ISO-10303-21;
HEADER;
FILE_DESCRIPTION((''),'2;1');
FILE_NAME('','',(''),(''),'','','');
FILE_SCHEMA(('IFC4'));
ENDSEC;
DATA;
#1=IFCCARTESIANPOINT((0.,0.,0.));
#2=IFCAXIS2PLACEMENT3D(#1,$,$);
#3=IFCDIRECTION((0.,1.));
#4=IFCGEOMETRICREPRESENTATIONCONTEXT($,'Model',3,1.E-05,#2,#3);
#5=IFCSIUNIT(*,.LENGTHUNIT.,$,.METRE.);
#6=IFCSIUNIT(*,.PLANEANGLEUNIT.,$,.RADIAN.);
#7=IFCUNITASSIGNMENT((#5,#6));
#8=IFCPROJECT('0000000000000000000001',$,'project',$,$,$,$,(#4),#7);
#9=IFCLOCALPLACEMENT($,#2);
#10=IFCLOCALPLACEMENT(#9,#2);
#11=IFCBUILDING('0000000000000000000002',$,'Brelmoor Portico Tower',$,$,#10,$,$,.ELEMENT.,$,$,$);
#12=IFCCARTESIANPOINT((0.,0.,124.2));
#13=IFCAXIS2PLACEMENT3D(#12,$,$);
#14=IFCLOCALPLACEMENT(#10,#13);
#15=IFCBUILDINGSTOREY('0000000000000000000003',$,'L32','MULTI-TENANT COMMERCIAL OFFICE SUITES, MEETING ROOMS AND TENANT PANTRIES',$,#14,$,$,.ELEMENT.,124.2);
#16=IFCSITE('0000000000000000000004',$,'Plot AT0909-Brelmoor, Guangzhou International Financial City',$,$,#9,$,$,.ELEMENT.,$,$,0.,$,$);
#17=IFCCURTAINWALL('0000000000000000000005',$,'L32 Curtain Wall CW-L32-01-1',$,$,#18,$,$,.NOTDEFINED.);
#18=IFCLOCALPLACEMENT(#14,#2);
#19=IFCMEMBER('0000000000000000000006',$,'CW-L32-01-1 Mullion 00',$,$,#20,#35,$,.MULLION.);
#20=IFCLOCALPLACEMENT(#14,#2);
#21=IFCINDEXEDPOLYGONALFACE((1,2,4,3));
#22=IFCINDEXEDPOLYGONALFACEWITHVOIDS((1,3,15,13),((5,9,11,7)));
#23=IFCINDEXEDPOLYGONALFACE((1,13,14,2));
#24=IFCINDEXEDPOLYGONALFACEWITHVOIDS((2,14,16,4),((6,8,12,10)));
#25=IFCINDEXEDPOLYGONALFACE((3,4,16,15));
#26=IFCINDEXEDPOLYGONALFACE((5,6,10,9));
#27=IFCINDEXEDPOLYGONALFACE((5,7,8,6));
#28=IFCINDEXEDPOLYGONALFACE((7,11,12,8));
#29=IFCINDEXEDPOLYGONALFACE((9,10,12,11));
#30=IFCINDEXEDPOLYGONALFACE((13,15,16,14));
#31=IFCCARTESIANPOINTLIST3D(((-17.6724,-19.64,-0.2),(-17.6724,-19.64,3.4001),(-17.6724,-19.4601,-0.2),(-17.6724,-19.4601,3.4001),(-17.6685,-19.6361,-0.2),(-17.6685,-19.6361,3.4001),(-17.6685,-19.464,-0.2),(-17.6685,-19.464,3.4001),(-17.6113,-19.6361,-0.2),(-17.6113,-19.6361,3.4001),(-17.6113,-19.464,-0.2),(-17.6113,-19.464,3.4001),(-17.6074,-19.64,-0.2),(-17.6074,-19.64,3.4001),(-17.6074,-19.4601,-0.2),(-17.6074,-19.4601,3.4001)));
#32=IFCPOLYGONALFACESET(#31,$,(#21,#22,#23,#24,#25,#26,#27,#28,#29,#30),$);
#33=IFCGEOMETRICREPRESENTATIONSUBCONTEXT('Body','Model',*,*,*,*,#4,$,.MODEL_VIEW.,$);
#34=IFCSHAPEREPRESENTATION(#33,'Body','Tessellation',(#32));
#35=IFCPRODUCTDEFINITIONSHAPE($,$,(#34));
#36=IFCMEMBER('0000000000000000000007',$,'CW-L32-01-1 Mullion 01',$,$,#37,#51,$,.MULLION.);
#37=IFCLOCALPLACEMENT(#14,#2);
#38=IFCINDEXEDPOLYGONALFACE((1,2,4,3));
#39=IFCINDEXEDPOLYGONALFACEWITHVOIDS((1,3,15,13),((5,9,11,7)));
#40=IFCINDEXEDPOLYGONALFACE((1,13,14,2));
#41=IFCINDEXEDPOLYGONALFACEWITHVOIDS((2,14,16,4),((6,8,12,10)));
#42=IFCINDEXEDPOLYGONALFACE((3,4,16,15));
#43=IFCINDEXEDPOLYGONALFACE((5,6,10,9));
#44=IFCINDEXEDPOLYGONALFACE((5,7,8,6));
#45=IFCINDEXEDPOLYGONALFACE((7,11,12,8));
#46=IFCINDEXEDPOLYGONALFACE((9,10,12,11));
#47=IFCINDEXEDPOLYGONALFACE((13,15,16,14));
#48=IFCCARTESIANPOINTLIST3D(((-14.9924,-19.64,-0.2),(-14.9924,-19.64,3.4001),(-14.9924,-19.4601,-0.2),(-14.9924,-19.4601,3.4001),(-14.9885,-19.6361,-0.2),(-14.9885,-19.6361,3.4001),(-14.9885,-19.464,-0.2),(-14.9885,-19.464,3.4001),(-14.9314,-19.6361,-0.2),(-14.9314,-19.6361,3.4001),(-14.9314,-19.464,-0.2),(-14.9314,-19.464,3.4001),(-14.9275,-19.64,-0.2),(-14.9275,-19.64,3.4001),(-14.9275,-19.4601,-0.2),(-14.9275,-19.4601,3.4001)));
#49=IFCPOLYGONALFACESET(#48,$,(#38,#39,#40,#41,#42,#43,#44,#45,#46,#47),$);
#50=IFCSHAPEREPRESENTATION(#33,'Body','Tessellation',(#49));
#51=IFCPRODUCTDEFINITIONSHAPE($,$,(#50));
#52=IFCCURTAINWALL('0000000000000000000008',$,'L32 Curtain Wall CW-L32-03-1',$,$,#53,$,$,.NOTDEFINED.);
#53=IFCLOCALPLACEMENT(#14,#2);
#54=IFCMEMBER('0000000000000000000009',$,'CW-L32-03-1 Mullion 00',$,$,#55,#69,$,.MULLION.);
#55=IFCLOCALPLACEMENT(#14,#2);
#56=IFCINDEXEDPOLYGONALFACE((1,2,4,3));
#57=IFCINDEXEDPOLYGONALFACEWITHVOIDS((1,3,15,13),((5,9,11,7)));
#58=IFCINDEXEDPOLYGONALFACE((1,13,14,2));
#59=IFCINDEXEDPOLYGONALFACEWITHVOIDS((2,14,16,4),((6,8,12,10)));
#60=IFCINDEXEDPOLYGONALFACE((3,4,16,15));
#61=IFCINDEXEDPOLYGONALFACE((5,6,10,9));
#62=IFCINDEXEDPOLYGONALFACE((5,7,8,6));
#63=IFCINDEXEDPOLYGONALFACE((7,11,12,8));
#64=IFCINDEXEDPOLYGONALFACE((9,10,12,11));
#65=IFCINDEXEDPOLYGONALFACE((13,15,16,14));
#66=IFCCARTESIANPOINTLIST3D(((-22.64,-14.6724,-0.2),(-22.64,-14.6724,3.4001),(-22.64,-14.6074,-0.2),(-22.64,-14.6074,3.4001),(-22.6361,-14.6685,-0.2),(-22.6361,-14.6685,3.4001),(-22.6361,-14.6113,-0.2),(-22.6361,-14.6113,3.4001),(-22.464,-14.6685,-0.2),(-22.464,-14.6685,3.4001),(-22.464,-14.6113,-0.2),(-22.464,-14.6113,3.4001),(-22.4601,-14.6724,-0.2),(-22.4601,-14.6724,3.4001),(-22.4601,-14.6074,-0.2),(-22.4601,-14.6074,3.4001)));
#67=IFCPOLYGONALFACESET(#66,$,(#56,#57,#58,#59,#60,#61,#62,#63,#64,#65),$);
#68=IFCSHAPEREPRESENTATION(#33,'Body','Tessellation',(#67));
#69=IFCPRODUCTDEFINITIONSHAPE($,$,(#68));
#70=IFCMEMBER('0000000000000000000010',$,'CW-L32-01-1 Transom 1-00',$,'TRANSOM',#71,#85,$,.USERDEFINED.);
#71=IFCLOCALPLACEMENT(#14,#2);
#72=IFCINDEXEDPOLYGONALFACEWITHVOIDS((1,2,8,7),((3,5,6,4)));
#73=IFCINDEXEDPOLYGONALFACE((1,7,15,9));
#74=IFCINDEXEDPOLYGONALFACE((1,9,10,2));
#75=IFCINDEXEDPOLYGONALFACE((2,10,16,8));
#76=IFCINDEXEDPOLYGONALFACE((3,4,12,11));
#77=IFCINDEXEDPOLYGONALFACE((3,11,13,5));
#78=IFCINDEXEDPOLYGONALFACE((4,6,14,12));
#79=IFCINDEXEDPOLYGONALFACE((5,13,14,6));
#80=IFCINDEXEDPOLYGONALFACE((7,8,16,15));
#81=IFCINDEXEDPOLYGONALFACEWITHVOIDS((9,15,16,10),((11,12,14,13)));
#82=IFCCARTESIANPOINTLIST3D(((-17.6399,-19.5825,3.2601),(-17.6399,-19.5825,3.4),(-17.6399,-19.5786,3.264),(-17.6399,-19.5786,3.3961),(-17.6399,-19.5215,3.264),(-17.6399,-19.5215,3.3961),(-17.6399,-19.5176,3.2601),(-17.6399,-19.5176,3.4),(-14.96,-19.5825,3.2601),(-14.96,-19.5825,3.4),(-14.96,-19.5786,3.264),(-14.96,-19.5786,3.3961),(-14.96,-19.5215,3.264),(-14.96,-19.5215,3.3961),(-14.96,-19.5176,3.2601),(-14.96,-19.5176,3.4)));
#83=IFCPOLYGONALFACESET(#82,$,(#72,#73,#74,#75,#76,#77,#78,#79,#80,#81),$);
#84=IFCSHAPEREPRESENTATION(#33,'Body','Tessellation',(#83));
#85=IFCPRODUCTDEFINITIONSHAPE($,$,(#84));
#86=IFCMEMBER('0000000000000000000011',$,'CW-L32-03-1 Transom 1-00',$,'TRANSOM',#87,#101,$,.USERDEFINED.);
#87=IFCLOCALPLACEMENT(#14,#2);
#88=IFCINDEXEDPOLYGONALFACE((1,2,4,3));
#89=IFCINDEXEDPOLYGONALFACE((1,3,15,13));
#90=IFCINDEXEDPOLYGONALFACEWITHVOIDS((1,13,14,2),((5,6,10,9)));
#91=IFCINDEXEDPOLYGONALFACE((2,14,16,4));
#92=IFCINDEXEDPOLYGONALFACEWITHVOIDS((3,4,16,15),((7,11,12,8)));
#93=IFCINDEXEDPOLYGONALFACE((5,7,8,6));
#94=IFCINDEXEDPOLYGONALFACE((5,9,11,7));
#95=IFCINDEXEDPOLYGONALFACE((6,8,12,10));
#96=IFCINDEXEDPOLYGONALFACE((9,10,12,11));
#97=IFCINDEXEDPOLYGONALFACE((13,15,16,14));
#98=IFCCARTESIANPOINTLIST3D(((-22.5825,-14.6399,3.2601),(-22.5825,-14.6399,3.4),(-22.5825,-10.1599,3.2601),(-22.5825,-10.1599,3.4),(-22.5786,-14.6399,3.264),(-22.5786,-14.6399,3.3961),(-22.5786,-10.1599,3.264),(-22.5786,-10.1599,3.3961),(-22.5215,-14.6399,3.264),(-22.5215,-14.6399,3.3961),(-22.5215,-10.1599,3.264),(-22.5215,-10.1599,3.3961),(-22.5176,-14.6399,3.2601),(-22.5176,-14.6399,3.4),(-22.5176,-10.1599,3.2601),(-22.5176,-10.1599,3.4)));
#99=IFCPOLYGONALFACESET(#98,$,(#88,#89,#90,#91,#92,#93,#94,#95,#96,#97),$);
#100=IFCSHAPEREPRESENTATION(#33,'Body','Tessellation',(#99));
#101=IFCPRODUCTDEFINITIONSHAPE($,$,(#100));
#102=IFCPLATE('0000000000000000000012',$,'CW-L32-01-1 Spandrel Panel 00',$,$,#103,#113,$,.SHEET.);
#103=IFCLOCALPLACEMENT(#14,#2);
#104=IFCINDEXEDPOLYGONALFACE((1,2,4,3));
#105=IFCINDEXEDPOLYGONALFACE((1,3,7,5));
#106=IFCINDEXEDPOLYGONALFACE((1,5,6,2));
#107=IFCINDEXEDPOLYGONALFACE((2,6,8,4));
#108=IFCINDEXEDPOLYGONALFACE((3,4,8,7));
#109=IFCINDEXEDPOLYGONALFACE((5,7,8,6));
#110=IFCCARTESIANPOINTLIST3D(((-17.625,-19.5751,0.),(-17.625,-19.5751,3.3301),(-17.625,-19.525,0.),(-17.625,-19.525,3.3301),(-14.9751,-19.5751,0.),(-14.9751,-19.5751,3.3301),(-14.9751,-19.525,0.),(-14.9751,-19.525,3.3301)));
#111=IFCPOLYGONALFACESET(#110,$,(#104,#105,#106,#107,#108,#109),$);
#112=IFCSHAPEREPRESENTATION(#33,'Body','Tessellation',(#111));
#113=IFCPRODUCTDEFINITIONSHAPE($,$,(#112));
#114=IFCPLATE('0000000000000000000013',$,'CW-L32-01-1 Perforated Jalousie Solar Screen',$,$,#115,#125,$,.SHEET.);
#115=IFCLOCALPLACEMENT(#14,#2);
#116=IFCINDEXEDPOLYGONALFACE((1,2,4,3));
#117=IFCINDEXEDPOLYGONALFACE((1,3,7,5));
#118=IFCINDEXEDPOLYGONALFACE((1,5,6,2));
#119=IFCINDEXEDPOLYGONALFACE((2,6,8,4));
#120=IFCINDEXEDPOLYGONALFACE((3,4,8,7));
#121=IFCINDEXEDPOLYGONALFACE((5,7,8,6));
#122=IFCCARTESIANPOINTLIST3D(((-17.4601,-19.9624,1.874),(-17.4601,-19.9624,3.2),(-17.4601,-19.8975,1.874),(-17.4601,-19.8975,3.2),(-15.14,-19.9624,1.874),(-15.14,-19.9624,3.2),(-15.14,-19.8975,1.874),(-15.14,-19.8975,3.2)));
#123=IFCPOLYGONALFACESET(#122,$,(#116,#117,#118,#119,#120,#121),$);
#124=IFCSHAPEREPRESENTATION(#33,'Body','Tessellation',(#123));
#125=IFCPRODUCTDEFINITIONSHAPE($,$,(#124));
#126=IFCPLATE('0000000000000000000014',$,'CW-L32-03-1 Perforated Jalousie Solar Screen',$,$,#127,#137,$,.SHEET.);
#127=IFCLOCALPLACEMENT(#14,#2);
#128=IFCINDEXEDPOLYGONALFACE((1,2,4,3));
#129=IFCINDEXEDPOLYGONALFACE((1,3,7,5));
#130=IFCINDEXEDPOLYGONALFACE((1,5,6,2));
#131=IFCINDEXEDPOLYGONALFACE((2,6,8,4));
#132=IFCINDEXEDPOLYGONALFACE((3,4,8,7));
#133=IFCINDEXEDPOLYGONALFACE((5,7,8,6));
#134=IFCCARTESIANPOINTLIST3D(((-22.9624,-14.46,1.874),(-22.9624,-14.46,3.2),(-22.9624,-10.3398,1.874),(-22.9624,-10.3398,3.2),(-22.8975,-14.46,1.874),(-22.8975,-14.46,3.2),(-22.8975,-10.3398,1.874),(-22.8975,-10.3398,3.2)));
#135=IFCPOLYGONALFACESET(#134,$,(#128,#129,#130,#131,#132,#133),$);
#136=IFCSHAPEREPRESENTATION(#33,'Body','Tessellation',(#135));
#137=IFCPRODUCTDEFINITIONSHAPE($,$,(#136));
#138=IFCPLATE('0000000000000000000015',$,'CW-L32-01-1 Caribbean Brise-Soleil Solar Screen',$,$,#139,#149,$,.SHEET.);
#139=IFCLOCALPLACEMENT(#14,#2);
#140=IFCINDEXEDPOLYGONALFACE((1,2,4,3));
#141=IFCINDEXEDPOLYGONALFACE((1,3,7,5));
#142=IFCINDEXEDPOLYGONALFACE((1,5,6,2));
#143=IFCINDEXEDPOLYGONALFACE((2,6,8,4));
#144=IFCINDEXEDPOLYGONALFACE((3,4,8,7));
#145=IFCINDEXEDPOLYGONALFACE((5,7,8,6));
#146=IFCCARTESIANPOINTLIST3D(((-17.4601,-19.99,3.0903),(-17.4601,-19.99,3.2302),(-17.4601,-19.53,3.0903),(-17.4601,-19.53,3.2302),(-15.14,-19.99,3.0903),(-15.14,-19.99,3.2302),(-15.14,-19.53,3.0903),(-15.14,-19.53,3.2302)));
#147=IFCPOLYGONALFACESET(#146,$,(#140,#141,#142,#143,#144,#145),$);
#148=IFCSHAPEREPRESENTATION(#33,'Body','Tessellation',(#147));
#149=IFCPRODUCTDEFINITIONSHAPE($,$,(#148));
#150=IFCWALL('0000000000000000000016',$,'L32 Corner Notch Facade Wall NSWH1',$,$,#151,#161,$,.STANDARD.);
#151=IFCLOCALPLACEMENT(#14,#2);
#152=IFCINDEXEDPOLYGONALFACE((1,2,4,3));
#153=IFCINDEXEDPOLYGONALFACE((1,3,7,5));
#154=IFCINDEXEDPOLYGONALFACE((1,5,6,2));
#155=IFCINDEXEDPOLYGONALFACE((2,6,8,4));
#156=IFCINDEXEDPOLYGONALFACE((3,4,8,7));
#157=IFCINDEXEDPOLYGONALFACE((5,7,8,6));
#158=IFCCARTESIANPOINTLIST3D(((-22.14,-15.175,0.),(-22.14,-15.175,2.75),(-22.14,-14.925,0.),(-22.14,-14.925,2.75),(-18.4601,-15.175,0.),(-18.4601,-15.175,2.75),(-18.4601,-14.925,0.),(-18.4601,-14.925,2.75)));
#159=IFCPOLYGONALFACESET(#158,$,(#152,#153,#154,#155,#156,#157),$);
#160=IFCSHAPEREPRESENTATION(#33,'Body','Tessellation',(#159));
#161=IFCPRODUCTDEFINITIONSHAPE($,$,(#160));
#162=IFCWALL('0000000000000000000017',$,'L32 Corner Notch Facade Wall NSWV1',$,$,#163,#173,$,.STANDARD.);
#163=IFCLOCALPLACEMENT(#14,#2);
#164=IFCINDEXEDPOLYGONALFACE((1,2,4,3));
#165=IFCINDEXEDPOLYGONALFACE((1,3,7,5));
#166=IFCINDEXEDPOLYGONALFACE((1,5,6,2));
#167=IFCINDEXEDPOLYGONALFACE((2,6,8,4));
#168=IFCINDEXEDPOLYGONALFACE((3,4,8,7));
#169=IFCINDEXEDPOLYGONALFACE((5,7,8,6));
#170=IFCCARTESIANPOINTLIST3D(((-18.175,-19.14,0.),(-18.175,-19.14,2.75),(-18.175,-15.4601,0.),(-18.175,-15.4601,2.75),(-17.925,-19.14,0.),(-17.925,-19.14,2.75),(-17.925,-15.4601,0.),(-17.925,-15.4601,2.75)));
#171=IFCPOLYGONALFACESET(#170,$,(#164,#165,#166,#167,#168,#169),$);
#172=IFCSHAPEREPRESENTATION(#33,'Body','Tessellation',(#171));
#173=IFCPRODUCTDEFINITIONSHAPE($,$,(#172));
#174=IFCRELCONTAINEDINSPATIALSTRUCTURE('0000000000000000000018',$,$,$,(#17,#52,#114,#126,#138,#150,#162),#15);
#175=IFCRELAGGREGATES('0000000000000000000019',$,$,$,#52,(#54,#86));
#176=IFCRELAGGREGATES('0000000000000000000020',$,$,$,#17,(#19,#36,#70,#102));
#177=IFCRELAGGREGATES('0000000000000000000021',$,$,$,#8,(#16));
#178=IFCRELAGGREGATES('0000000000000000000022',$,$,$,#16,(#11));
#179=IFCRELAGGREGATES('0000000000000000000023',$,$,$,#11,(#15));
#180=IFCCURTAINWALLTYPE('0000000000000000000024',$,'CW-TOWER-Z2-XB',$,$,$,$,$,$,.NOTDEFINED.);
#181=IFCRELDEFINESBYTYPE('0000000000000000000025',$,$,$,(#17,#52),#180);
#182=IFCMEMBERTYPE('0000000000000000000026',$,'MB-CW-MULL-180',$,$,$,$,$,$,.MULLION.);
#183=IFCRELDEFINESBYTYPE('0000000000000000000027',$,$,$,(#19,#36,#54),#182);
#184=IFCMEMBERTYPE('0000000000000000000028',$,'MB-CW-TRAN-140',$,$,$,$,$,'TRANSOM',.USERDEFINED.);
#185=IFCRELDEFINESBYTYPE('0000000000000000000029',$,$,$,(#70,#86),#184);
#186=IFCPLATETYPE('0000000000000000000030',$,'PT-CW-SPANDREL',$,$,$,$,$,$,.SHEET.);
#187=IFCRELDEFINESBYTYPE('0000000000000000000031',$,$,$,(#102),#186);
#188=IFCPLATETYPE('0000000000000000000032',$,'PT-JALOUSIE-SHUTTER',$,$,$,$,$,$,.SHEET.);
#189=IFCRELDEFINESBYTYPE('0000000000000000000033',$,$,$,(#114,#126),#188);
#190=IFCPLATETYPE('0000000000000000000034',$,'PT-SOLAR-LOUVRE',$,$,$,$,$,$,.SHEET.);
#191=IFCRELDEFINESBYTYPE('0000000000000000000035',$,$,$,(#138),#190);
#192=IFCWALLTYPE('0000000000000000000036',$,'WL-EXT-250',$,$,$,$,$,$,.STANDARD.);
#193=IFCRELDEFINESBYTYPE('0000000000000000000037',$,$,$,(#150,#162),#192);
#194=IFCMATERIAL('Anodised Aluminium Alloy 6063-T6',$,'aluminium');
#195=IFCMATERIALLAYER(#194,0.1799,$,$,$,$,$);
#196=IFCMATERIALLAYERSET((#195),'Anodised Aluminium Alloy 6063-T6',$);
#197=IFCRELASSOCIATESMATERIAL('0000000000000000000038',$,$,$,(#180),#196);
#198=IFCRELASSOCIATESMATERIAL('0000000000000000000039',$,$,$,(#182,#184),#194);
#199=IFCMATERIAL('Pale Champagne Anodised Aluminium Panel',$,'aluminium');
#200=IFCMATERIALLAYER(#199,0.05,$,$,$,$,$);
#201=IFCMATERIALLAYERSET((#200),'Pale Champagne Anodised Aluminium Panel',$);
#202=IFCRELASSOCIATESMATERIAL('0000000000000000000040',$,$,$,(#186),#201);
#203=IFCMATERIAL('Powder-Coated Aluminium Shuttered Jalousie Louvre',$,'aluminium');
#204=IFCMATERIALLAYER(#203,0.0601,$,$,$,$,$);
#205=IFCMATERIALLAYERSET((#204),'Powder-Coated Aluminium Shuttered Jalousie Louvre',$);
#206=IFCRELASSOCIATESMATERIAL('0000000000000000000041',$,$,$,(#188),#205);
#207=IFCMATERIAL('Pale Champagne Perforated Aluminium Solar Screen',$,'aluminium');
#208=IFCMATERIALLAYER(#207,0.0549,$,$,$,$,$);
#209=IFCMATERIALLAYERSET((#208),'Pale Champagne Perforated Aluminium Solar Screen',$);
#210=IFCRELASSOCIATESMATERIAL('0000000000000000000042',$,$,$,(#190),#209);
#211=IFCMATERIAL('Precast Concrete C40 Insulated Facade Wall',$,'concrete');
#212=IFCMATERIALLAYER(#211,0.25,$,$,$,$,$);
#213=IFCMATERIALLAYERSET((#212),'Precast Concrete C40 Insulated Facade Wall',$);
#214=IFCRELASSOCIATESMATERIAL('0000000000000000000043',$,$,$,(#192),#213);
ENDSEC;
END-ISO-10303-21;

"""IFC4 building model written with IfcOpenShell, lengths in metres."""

from ifc_helpers import new_model, si_unit, direction, frame, frame_2d, origin, origin_2d, place, context, subcontext, project, spatial, rectangle, hollow_rectangle, extrude, material, layer, layer_set, material_profile, profile_set, type_object, element, aggregate, save


model = new_model("IFC4")

# Units and contexts
model_context = context("Model", 3, precision=1e-05, world=origin(), true_north=direction((0.0, 1.0)))
body_context = subcontext(model_context, "Body", "Model", "MODEL_VIEW")
ifc_project = project(units=[si_unit("LENGTHUNIT", "METRE"), si_unit("PLANEANGLEUNIT", "RADIAN")], contexts=[model_context])

# Site, building, storey
site_placement = place(None, origin())
site = spatial("IfcSite", under=ifc_project, at=site_placement, Name="Plot AT0909-Brelmoor, Guangzhou International Financial City", CompositionType="ELEMENT", RefElevation=0.0)
building_placement = place(site_placement, origin())
building = spatial("IfcBuilding", under=site, at=building_placement, Name="Brelmoor Portico Tower", CompositionType="ELEMENT")
storey_placement = place(building_placement, frame((0.0, 0.0, 124.2)))
storey = spatial("IfcBuildingStorey", under=building, at=storey_placement, Name="L32", Description="MULTI-TENANT COMMERCIAL OFFICE SUITES, MEETING ROOMS AND TENANT PANTRIES", CompositionType="ELEMENT", Elevation=124.2)

# Curtain wall, members
ifc_material_1 = material(Name="Anodised Aluminium Alloy 6063-T6", Category="aluminium")
ifc_layer_1 = layer(ifc_material_1, 0.1799)
ifc_layer_set_1 = layer_set([ifc_layer_1], Name="Anodised Aluminium Alloy 6063-T6")
curtain_wall_type = type_object("IfcCurtainWallType", Name="CW-TOWER-Z2-XB", PredefinedType="NOTDEFINED", material=ifc_layer_set_1)
curtain_wall_1_placement = place(storey_placement, origin())
curtain_wall_1 = element("IfcCurtainWall", 1, at=curtain_wall_1_placement, inside=storey, type_object=curtain_wall_type, Name="L32 Curtain Wall CW-L32-01-1", PredefinedType="NOTDEFINED")
ifc_material_profile_1 = material_profile(ifc_material_1, hollow_rectangle(XDim=0.0649, YDim=0.1799, WallThickness=0.0039, at=origin_2d()), Name="ALU MULLION 65x180")
ifc_profile_set_1 = profile_set([ifc_material_profile_1], Name="Anodised Aluminium Alloy 6063-T6")
member_type_1 = type_object("IfcMemberType", Name="MB-CW-MULL-180", PredefinedType="MULLION", material=ifc_profile_set_1)
member_1_placement = place(storey_placement, frame((-17.6399, -19.55, -0.2), z_axis=(0.0, 0.0, 1.0), x_axis=(1.0, 0.0, 0.0)))
member_1 = element("IfcMember", 2, at=member_1_placement, type_object=member_type_1, Name="CW-L32-01-1 Mullion 00", PredefinedType="MULLION", context=body_context, shape_type="SweptSolid", body=[
    extrude(hollow_rectangle(XDim=0.0649, YDim=0.1799, WallThickness=0.0039, at=origin_2d()), origin(), (0.0, 0.0, 1.0), 3.6001),
])
member_2_placement = place(storey_placement, frame((-14.96, -19.55, -0.2), z_axis=(0.0, 0.0, 1.0), x_axis=(1.0, 0.0, 0.0)))
member_2 = element("IfcMember", 3, at=member_2_placement, type_object=member_type_1, Name="CW-L32-01-1 Mullion 01", PredefinedType="MULLION", context=body_context, shape_type="SweptSolid", body=[
    extrude(hollow_rectangle(XDim=0.0649, YDim=0.1799, WallThickness=0.0039, at=origin_2d()), origin(), (0.0, 0.0, 1.0), 3.6001),
])

# Curtain wall, member
curtain_wall_2_placement = place(storey_placement, origin())
curtain_wall_2 = element("IfcCurtainWall", 4, at=curtain_wall_2_placement, inside=storey, type_object=curtain_wall_type, Name="L32 Curtain Wall CW-L32-03-1", PredefinedType="NOTDEFINED")
member_3_placement = place(storey_placement, frame((-22.55, -14.6399, -0.2), z_axis=(0.0, 0.0, 1.0), x_axis=(0.0, 1.0, 0.0)))
member_3 = element("IfcMember", 5, at=member_3_placement, type_object=member_type_1, Name="CW-L32-03-1 Mullion 00", PredefinedType="MULLION", context=body_context, shape_type="SweptSolid", body=[
    extrude(hollow_rectangle(XDim=0.0649, YDim=0.1799, WallThickness=0.0039, at=origin_2d()), origin(), (0.0, 0.0, 1.0), 3.6001),
])

# Members
ifc_material_profile_2 = material_profile(ifc_material_1, hollow_rectangle(XDim=0.0649, YDim=0.1399, WallThickness=0.0039, at=origin_2d()), Name="ALU TRANSOM 65x140")
ifc_profile_set_2 = profile_set([ifc_material_profile_2], Name="Anodised Aluminium Alloy 6063-T6")
member_type_2 = type_object("IfcMemberType", Name="MB-CW-TRAN-140", ElementType="TRANSOM", PredefinedType="USERDEFINED", material=ifc_profile_set_2)
member_4_placement = place(storey_placement, frame((-17.6399, -19.55, 3.3301), z_axis=(1.0, 0.0, 0.0), x_axis=(0.0, 1.0, 0.0)))
member_4 = element("IfcMember", 6, at=member_4_placement, type_object=member_type_2, Name="CW-L32-01-1 Transom 1-00", ObjectType="TRANSOM", PredefinedType="USERDEFINED", context=body_context, shape_type="SweptSolid", body=[
    extrude(hollow_rectangle(XDim=0.0649, YDim=0.1399, WallThickness=0.0039, at=origin_2d()), origin(), (0.0, 0.0, 1.0), 2.6799),
])
member_5_placement = place(storey_placement, frame((-22.55, -14.6399, 3.3301), z_axis=(0.0, 1.0, 0.0), x_axis=(-1.0, 0.0, 0.0)))
member_5 = element("IfcMember", 7, at=member_5_placement, type_object=member_type_2, Name="CW-L32-03-1 Transom 1-00", ObjectType="TRANSOM", PredefinedType="USERDEFINED", context=body_context, shape_type="SweptSolid", body=[
    extrude(hollow_rectangle(XDim=0.0649, YDim=0.1399, WallThickness=0.0039, at=origin_2d()), origin(), (0.0, 0.0, 1.0), 4.48),
])
aggregate(curtain_wall_2, [member_3, member_5])

# Plate
ifc_material_2 = material(Name="Pale Champagne Anodised Aluminium Panel", Category="aluminium")
ifc_layer_2 = layer(ifc_material_2, 0.05)
ifc_layer_set_2 = layer_set([ifc_layer_2], Name="Pale Champagne Anodised Aluminium Panel")
plate_type_1 = type_object("IfcPlateType", Name="PT-CW-SPANDREL", PredefinedType="SHEET", material=ifc_layer_set_2)
plate_1_placement = place(storey_placement, frame((-16.3, -19.55, 0.0), z_axis=(0.0, 0.0, 1.0), x_axis=(1.0, 0.0, 0.0)))
plate_1 = element("IfcPlate", 8, at=plate_1_placement, type_object=plate_type_1, Name="CW-L32-01-1 Spandrel Panel 00", PredefinedType="SHEET", context=body_context, shape_type="SweptSolid", body=[
    extrude(rectangle(XDim=2.6499, YDim=0.05, at=origin_2d()), origin(), (0.0, 0.0, 1.0), 3.3301),
])
aggregate(curtain_wall_1, [member_1, member_2, member_4, plate_1])

# Plates
ifc_material_3 = material(Name="Powder-Coated Aluminium Shuttered Jalousie Louvre", Category="aluminium")
ifc_layer_3 = layer(ifc_material_3, 0.0601)
ifc_layer_set_3 = layer_set([ifc_layer_3], Name="Powder-Coated Aluminium Shuttered Jalousie Louvre")
plate_type_2 = type_object("IfcPlateType", Name="PT-JALOUSIE-SHUTTER", PredefinedType="SHEET", material=ifc_layer_set_3)
plate_2_placement = place(storey_placement, frame((-16.3, -19.9299, 1.874), z_axis=(0.0, 0.0, 1.0), x_axis=(1.0, 0.0, 0.0)))
element("IfcPlate", 9, at=plate_2_placement, inside=storey, type_object=plate_type_2, Name="CW-L32-01-1 Perforated Jalousie Solar Screen", PredefinedType="SHEET", context=body_context, shape_type="SweptSolid", body=[
    extrude(rectangle(XDim=2.3201, YDim=0.0649, at=origin_2d()), origin(), (0.0, 0.0, 1.0), 1.3259),
])
plate_3_placement = place(storey_placement, frame((-22.9299, -12.3999, 1.874), z_axis=(0.0, 0.0, 1.0), x_axis=(0.0, 1.0, 0.0)))
element("IfcPlate", 10, at=plate_3_placement, inside=storey, type_object=plate_type_2, Name="CW-L32-03-1 Perforated Jalousie Solar Screen", PredefinedType="SHEET", context=body_context, shape_type="SweptSolid", body=[
    extrude(rectangle(XDim=4.1201, YDim=0.0649, at=origin_2d()), origin(), (0.0, 0.0, 1.0), 1.3259),
])
ifc_material_4 = material(Name="Pale Champagne Perforated Aluminium Solar Screen", Category="aluminium")
ifc_layer_4 = layer(ifc_material_4, 0.0549)
ifc_layer_set_4 = layer_set([ifc_layer_4], Name="Pale Champagne Perforated Aluminium Solar Screen")
plate_type_3 = type_object("IfcPlateType", Name="PT-SOLAR-LOUVRE", PredefinedType="SHEET", material=ifc_layer_set_4)
plate_4_placement = place(storey_placement, frame((-16.3, -19.76, 3.0903), z_axis=(0.0, 0.0, 1.0), x_axis=(1.0, 0.0, 0.0)))
element("IfcPlate", 11, at=plate_4_placement, inside=storey, type_object=plate_type_3, Name="CW-L32-01-1 Caribbean Brise-Soleil Solar Screen", PredefinedType="SHEET", context=body_context, shape_type="SweptSolid", body=[
    extrude(rectangle(XDim=2.3201, YDim=0.46, at=origin_2d()), origin(), (0.0, 0.0, 1.0), 0.1399),
])

# Walls
ifc_material_5 = material(Name="Precast Concrete C40 Insulated Facade Wall", Category="concrete")
ifc_layer_5 = layer(ifc_material_5, 0.25)
ifc_layer_set_5 = layer_set([ifc_layer_5], Name="Precast Concrete C40 Insulated Facade Wall")
wall_type_1 = type_object("IfcWallType", Name="WL-EXT-250", PredefinedType="STANDARD", material=ifc_layer_set_5)
for number, where, z_axis, x_axis, name in (
    (12, (-22.1399, -15.05, 0.0), (0.0, 0.0, 1.0), (1.0, 0.0, 0.0), "L32 Corner Notch Facade Wall NSWH1"),
    (13, (-18.05, -19.1399, 0.0), (0.0, 0.0, 1.0), (0.0, 1.0, 0.0), "L32 Corner Notch Facade Wall NSWV1"),
):
    element("IfcWall", number, at=place(storey_placement, frame(where, z_axis=z_axis, x_axis=x_axis)), inside=storey, type_object=wall_type_1, Name=name, PredefinedType="STANDARD", context=body_context, shape_type="SweptSolid", body=[
        extrude(rectangle(XDim=3.6799, YDim=0.25, at=frame_2d((1.8398, 0.0))), origin(), (0.0, 0.0, 1.0), 2.75),
    ])

save(model, "model.ifc")
